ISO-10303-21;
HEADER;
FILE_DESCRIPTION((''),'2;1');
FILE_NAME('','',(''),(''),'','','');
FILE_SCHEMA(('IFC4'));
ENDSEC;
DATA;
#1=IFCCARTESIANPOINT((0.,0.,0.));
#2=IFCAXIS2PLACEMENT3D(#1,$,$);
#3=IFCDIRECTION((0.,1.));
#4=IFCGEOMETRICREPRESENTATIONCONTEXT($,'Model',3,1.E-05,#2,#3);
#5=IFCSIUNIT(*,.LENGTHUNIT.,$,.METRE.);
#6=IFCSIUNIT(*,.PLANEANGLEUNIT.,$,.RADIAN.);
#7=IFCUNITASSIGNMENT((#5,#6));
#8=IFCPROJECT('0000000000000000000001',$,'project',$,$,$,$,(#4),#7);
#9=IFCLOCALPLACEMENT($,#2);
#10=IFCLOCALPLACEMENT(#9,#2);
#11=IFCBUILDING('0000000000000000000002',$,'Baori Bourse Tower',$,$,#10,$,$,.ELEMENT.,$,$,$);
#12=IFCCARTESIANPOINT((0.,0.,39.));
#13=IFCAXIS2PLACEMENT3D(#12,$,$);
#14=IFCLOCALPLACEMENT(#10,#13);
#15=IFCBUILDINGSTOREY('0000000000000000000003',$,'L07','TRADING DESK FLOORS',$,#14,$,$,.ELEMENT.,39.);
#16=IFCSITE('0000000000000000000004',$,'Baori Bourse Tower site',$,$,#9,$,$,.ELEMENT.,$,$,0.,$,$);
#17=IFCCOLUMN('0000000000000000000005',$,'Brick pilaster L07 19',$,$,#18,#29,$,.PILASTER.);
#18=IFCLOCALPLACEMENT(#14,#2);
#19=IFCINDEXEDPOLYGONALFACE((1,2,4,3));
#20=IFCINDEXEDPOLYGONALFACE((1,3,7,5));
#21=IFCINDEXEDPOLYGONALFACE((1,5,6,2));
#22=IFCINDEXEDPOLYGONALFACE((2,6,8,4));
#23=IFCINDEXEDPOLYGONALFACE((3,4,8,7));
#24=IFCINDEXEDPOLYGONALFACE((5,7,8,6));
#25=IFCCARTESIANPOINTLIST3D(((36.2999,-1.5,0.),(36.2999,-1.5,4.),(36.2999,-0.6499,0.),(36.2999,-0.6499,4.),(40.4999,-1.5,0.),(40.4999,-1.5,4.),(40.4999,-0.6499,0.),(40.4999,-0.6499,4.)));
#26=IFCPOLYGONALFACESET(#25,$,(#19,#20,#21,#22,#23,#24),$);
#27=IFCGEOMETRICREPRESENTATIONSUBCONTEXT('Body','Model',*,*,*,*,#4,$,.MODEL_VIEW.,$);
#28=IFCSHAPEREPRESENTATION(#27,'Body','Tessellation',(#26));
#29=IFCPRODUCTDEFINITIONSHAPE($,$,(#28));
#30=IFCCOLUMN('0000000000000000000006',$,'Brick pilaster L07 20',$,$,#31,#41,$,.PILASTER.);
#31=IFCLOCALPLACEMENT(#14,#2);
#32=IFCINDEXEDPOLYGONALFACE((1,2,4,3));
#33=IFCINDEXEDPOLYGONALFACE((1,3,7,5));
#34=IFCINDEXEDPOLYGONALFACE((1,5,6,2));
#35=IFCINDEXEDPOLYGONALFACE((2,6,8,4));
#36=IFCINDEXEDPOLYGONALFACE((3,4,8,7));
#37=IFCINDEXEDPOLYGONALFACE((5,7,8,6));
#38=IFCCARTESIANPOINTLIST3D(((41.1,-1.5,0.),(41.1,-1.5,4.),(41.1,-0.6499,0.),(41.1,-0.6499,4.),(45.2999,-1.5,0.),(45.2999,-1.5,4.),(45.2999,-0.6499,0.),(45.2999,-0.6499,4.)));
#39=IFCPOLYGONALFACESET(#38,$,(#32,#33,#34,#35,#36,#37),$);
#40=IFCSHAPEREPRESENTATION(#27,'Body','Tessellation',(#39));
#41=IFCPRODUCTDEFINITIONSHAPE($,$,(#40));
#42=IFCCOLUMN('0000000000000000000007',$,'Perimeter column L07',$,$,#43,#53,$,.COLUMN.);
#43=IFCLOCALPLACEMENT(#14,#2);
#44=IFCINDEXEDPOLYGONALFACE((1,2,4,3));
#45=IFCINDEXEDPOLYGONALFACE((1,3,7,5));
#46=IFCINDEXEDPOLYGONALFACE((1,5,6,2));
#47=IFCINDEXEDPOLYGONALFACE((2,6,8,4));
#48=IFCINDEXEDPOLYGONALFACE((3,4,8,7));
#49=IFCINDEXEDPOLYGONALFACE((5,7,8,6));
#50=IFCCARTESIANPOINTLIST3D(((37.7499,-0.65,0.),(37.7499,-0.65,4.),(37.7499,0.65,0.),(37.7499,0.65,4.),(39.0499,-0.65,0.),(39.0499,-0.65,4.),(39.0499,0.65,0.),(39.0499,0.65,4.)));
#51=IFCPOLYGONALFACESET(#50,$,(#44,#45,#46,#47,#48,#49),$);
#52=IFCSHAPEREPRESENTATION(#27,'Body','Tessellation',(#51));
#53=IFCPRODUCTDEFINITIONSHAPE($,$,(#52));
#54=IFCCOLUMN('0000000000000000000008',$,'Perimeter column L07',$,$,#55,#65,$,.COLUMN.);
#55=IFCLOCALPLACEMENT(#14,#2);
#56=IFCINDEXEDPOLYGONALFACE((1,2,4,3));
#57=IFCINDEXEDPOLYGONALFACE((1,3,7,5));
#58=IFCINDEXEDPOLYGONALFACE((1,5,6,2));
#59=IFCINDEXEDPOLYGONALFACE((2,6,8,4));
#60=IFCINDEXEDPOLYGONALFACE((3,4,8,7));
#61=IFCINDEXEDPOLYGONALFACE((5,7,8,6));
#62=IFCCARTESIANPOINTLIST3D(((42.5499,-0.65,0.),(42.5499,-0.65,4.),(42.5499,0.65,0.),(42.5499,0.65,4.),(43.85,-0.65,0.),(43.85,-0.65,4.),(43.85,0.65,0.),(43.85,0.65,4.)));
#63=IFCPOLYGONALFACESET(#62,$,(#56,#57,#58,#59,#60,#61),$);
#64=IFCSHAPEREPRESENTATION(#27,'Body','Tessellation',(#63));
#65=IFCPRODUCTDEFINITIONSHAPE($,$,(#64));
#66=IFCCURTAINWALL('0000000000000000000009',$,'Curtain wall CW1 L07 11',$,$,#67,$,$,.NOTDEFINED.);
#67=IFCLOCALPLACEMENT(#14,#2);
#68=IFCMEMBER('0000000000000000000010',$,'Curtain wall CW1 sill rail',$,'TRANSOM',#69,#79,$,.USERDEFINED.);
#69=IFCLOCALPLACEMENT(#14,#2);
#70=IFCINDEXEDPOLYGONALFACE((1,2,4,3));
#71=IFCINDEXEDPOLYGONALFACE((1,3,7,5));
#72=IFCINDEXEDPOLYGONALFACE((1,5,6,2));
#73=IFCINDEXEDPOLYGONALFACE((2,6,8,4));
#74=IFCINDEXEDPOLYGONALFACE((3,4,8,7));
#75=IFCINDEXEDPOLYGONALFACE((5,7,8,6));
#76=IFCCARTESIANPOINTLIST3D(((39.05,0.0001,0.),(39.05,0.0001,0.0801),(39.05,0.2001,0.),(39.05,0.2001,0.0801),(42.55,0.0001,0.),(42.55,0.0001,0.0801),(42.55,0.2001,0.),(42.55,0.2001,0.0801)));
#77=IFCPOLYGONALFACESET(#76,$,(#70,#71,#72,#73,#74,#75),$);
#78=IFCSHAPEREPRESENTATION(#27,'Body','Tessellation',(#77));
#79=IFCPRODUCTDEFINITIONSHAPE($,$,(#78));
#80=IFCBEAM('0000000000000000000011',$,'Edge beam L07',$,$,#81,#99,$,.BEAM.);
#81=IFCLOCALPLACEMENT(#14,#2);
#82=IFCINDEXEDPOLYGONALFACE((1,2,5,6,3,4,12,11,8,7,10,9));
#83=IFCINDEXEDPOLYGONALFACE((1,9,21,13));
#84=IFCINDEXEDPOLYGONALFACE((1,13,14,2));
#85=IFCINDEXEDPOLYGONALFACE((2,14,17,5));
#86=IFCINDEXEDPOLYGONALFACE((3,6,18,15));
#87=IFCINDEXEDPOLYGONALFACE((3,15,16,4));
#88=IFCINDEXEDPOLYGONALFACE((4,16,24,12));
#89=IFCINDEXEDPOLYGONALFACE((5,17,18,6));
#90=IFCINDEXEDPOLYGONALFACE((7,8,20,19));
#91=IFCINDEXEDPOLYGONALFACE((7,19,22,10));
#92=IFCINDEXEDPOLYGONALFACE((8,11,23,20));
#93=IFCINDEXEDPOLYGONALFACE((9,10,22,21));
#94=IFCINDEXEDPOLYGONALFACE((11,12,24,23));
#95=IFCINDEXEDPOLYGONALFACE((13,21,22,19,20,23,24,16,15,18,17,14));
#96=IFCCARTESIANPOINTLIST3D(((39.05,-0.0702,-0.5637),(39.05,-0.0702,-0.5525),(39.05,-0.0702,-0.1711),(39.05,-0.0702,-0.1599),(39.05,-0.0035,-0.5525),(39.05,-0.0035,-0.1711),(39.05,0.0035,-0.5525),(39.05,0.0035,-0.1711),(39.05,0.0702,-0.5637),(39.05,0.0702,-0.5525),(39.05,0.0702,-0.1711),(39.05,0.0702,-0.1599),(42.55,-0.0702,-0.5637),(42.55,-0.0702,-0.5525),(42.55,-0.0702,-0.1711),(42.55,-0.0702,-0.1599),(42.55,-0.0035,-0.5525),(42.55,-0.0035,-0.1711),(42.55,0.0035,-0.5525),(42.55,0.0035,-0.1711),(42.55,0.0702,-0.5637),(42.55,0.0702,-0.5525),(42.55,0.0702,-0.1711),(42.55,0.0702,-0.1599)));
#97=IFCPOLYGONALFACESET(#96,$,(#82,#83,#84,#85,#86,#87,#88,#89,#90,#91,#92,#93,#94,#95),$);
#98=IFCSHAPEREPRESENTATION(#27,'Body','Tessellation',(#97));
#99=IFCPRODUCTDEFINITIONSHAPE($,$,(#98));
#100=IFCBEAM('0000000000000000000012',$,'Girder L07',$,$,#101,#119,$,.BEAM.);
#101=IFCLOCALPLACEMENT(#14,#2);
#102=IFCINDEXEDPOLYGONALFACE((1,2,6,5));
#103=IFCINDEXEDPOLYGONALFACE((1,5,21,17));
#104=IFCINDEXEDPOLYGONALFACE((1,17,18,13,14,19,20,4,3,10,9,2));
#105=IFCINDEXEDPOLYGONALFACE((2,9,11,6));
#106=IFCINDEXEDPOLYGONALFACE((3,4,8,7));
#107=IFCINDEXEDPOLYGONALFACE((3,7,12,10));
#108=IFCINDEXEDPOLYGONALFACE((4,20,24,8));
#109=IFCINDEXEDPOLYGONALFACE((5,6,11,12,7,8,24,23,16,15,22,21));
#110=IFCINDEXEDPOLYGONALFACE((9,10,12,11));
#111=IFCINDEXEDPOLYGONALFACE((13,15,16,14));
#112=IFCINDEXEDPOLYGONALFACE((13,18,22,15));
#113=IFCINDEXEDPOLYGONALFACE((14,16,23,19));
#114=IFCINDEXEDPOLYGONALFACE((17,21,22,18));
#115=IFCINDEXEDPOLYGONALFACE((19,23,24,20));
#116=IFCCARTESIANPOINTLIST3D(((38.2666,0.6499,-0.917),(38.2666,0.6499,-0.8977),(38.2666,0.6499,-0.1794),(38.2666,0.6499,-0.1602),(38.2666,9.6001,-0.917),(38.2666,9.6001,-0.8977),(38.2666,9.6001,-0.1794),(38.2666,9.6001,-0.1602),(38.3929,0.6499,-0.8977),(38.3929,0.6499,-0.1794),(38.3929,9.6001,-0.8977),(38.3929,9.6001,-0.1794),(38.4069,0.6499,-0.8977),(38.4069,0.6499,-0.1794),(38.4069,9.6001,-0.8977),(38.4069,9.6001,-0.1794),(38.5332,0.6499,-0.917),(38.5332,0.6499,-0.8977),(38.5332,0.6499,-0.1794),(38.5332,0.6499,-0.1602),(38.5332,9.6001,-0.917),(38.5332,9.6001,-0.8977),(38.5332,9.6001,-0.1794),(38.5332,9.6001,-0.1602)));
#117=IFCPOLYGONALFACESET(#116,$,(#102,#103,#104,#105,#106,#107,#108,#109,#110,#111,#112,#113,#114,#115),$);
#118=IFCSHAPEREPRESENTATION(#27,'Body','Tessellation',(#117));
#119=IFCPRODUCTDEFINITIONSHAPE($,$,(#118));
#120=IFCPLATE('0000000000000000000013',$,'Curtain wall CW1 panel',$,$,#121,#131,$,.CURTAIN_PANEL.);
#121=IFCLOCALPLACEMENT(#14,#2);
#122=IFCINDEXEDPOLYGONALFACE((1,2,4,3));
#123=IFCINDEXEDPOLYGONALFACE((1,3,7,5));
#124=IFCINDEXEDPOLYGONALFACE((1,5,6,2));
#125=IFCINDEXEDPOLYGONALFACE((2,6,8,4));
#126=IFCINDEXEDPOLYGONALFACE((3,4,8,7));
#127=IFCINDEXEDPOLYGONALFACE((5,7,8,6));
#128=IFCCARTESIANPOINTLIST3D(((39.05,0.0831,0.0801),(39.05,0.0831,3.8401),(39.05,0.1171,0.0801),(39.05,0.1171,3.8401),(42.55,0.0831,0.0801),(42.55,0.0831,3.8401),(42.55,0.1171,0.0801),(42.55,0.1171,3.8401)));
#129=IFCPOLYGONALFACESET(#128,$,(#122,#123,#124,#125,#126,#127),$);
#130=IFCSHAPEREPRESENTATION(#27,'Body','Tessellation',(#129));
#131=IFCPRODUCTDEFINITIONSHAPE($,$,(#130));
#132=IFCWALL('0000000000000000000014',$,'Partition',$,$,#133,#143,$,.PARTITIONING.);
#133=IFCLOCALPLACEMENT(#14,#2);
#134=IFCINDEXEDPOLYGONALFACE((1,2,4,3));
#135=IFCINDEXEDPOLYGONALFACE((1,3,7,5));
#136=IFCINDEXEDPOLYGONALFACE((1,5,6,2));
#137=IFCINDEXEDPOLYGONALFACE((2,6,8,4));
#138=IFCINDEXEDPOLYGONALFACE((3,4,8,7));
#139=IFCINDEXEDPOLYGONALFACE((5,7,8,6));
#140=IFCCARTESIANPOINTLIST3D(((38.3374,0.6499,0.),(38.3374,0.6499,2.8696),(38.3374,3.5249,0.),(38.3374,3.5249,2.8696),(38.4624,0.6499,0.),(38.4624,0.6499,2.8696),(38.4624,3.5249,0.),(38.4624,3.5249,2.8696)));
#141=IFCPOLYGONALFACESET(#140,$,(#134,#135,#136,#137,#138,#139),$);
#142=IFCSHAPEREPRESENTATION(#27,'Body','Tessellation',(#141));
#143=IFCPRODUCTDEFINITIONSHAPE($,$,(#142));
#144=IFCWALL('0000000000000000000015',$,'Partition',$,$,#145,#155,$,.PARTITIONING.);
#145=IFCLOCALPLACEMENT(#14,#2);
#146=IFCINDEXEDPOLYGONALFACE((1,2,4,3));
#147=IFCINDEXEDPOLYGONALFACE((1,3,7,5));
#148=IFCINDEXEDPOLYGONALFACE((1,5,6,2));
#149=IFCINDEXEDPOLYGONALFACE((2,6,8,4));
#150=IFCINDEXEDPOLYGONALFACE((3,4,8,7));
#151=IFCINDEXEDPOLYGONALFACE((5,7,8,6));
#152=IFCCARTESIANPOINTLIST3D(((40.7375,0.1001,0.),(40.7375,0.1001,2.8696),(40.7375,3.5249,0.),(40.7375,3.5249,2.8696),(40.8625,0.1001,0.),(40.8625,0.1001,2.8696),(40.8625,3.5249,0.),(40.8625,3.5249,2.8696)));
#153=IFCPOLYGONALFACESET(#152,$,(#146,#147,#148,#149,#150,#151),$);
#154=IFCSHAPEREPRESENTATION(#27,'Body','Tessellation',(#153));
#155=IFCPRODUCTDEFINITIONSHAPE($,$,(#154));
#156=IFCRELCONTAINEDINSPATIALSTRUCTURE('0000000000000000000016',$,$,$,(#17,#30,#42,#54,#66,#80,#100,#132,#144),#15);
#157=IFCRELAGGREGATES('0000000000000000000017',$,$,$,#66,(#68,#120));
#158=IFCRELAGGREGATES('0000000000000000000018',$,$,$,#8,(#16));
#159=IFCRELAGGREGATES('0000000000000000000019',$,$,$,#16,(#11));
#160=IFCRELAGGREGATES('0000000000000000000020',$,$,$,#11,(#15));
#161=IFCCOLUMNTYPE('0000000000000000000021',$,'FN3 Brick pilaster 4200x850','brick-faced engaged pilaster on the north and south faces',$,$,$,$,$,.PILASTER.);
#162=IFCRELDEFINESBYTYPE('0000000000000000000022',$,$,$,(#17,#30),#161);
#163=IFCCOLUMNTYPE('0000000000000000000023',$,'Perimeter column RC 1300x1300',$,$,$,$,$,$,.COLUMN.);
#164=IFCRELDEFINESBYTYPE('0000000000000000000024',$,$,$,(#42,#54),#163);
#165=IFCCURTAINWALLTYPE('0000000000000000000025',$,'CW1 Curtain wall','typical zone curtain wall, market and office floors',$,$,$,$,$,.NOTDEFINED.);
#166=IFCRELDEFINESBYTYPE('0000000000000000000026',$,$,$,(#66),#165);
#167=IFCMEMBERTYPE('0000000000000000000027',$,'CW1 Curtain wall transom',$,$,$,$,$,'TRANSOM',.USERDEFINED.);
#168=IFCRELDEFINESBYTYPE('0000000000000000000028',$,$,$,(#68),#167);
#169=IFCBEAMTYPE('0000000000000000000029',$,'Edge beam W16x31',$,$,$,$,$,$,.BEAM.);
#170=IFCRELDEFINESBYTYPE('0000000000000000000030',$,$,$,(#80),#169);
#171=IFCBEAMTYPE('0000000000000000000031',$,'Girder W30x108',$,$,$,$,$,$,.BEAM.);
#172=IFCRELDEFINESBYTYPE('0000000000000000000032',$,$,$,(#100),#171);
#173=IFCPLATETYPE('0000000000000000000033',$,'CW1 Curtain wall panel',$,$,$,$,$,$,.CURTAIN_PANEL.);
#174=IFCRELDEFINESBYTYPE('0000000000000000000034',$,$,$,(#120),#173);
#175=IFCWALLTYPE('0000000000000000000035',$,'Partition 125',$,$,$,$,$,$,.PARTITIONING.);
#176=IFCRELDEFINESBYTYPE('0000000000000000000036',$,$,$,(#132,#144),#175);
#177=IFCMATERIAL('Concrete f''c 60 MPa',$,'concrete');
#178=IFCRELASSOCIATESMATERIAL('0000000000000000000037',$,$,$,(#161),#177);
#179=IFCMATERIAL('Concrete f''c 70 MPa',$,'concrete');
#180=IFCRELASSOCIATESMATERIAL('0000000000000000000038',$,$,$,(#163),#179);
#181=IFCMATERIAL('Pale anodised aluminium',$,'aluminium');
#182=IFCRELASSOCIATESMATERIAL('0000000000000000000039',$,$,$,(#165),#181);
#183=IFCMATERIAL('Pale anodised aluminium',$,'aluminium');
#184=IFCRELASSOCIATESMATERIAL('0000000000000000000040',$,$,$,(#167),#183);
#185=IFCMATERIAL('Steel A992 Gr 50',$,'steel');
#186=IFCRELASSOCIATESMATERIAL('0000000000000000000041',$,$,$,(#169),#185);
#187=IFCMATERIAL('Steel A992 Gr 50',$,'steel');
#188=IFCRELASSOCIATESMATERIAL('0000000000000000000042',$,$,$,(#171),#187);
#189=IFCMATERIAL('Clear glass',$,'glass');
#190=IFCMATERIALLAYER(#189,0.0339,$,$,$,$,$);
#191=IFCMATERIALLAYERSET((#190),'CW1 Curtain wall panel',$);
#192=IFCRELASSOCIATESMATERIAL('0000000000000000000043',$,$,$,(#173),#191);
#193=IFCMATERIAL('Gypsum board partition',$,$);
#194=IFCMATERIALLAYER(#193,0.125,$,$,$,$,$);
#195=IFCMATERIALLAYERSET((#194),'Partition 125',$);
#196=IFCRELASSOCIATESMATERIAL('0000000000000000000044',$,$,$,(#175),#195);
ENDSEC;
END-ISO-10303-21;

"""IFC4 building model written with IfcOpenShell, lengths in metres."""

from ifc_helpers import new_model, si_unit, direction, frame, frame_2d, origin, origin_2d, place, context, subcontext, project, spatial, rectangle, i_section, extrude, material, layer, layer_set, material_profile, profile_set, type_object, element, aggregate, save


model = new_model("IFC4")

# Units and contexts
model_context = context("Model", 3, precision=1e-05, world=origin(), true_north=direction((0.0, 1.0)))
body_context = subcontext(model_context, "Body", "Model", "MODEL_VIEW")
ifc_project = project(units=[si_unit("LENGTHUNIT", "METRE"), si_unit("PLANEANGLEUNIT", "RADIAN")], contexts=[model_context])

# Site, building, storey
site_placement = place(None, origin())
site = spatial("IfcSite", under=ifc_project, at=site_placement, Name="Baori Bourse Tower site", CompositionType="ELEMENT", RefElevation=0.0)
building_placement = place(site_placement, origin())
building = spatial("IfcBuilding", under=site, at=building_placement, Name="Baori Bourse Tower", CompositionType="ELEMENT")
storey_placement = place(building_placement, frame((0.0, 0.0, 39.0)))
storey = spatial("IfcBuildingStorey", under=building, at=storey_placement, Name="L07", Description="TRADING DESK FLOORS", CompositionType="ELEMENT", Elevation=39.0)

# Columns
ifc_material_1 = material(Name="Concrete f'c 60 MPa", Category="concrete")
ifc_material_profile_1 = material_profile(ifc_material_1, rectangle(XDim=4.2, YDim=0.8501, at=origin_2d()), Name="RC 4200x850")
ifc_profile_set_1 = profile_set([ifc_material_profile_1], Name="Concrete f'c 60 MPa")
column_type_1 = type_object("IfcColumnType", Name="FN3 Brick pilaster 4200x850", Description="brick-faced engaged pilaster on the north and south faces", PredefinedType="PILASTER", material=ifc_profile_set_1)
for number, where, z_axis, x_axis, name in (
    (1, (38.3999, -1.075, 0.0), (0.0, 0.0, 1.0), (1.0, 0.0, 0.0), "Brick pilaster L07 19"),
    (2, (43.2, -1.075, 0.0), (0.0, 0.0, 1.0), (1.0, 0.0, 0.0), "Brick pilaster L07 20"),
):
    element("IfcColumn", number, at=place(storey_placement, frame(where, z_axis=z_axis, x_axis=x_axis)), inside=storey, type_object=column_type_1, Name=name, PredefinedType="PILASTER", context=body_context, shape_type="SweptSolid", body=[
        extrude(rectangle(XDim=4.2, YDim=0.8501, at=origin_2d()), origin(), (0.0, 0.0, 1.0), 4.0),
    ])
ifc_material_2 = material(Name="Concrete f'c 70 MPa", Category="concrete")
ifc_material_profile_2 = material_profile(ifc_material_2, rectangle(XDim=1.3, YDim=1.3, at=origin_2d()), Name="RC 1300x1300")
ifc_profile_set_2 = profile_set([ifc_material_profile_2], Name="Concrete f'c 70 MPa")
column_type_2 = type_object("IfcColumnType", Name="Perimeter column RC 1300x1300", PredefinedType="COLUMN", material=ifc_profile_set_2)
for number, where, z_axis, x_axis, name in (
    (3, (38.3999, 0.0, 0.0), (0.0, 0.0, 1.0), (1.0, 0.0, 0.0), "Perimeter column L07"),
    (4, (43.2, 0.0, 0.0), (0.0, 0.0, 1.0), (1.0, 0.0, 0.0), "Perimeter column L07"),
):
    element("IfcColumn", number, at=place(storey_placement, frame(where, z_axis=z_axis, x_axis=x_axis)), inside=storey, type_object=column_type_2, Name=name, PredefinedType="COLUMN", context=body_context, shape_type="SweptSolid", body=[
        extrude(rectangle(XDim=1.3, YDim=1.3, at=origin_2d()), origin(), (0.0, 0.0, 1.0), 4.0),
    ])

# Curtain wall, member
ifc_material_3 = material(Name="Pale anodised aluminium", Category="aluminium")
curtain_wall_type = type_object("IfcCurtainWallType", Name="CW1 Curtain wall", Description="typical zone curtain wall, market and office floors", PredefinedType="NOTDEFINED", material=ifc_material_3)
curtain_wall_placement = place(storey_placement, origin())
curtain_wall = element("IfcCurtainWall", 5, at=curtain_wall_placement, inside=storey, type_object=curtain_wall_type, Name="Curtain wall CW1 L07 11", PredefinedType="NOTDEFINED")
ifc_material_4 = material(Name="Pale anodised aluminium", Category="aluminium")
ifc_material_profile_3 = material_profile(ifc_material_4, rectangle(XDim=0.2, YDim=0.0801, at=origin_2d()), Name="Transom 80x200")
ifc_profile_set_3 = profile_set([ifc_material_profile_3], Name="Pale anodised aluminium")
member_type = type_object("IfcMemberType", Name="CW1 Curtain wall transom", ElementType="TRANSOM", PredefinedType="USERDEFINED", material=ifc_profile_set_3)
member_placement = place(storey_placement, frame((39.05, 0.1001, 0.04), z_axis=(1.0, 0.0, 0.0), x_axis=(0.0, 1.0, 0.0)))
member = element("IfcMember", 6, at=member_placement, type_object=member_type, Name="Curtain wall CW1 sill rail", ObjectType="TRANSOM", PredefinedType="USERDEFINED", context=body_context, shape_type="SweptSolid", body=[
    extrude(rectangle(XDim=0.2, YDim=0.0801, at=origin_2d()), origin(), (0.0, 0.0, 1.0), 3.5),
])

# Beams
ifc_material_5 = material(Name="Steel A992 Gr 50", Category="steel")
ifc_material_profile_4 = material_profile(ifc_material_5, i_section(OverallWidth=0.1404, OverallDepth=0.4038, WebThickness=0.0071, FlangeThickness=0.0112, at=origin_2d()), Name="W16x31")
ifc_profile_set_4 = profile_set([ifc_material_profile_4], Name="Steel A992 Gr 50")
beam_type_1 = type_object("IfcBeamType", Name="Edge beam W16x31", PredefinedType="BEAM", material=ifc_profile_set_4)
beam_1_placement = place(storey_placement, frame((39.05, 0.0, -0.3618), z_axis=(1.0, 0.0, 0.0), x_axis=(0.0, 1.0, 0.0)))
element("IfcBeam", 7, at=beam_1_placement, inside=storey, type_object=beam_type_1, Name="Edge beam L07", PredefinedType="BEAM", context=body_context, shape_type="SweptSolid", body=[
    extrude(i_section(OverallWidth=0.1404, OverallDepth=0.4038, WebThickness=0.0071, FlangeThickness=0.0112, at=origin_2d()), origin(), (0.0, 0.0, 1.0), 3.5),
])
ifc_material_6 = material(Name="Steel A992 Gr 50", Category="steel")
ifc_material_profile_5 = material_profile(ifc_material_6, i_section(OverallWidth=0.2666, OverallDepth=0.7568, WebThickness=0.0139, FlangeThickness=0.0193, at=origin_2d()), Name="W30x108")
ifc_profile_set_5 = profile_set([ifc_material_profile_5], Name="Steel A992 Gr 50")
beam_type_2 = type_object("IfcBeamType", Name="Girder W30x108", PredefinedType="BEAM", material=ifc_profile_set_5)
beam_2_placement = place(storey_placement, frame((38.3999, 0.6499, -0.5386), z_axis=(0.0, 1.0, 0.0), x_axis=(-1.0, 0.0, 0.0)))
element("IfcBeam", 8, at=beam_2_placement, inside=storey, type_object=beam_type_2, Name="Girder L07", PredefinedType="BEAM", context=body_context, shape_type="SweptSolid", body=[
    extrude(i_section(OverallWidth=0.2666, OverallDepth=0.7568, WebThickness=0.0139, FlangeThickness=0.0193, at=origin_2d()), origin(), (0.0, 0.0, 1.0), 8.9502),
])

# Plate
ifc_material_7 = material(Name="Clear glass", Category="glass")
ifc_layer_1 = layer(ifc_material_7, 0.0339)
ifc_layer_set_1 = layer_set([ifc_layer_1], Name="CW1 Curtain wall panel")
plate_type = type_object("IfcPlateType", Name="CW1 Curtain wall panel", PredefinedType="CURTAIN_PANEL", material=ifc_layer_set_1)
plate_placement = place(storey_placement, frame((40.8, 0.1001, 0.0801), z_axis=(0.0, 0.0, 1.0), x_axis=(1.0, 0.0, 0.0)))
plate = element("IfcPlate", 9, at=plate_placement, type_object=plate_type, Name="Curtain wall CW1 panel", PredefinedType="CURTAIN_PANEL", context=body_context, shape_type="SweptSolid", body=[
    extrude(rectangle(XDim=3.5, YDim=0.0339, at=origin_2d()), origin(), (0.0, 0.0, 1.0), 3.76),
])
aggregate(curtain_wall, [member, plate])

# Walls
ifc_material_8 = material(Name="Gypsum board partition")
ifc_layer_2 = layer(ifc_material_8, 0.125)
ifc_layer_set_2 = layer_set([ifc_layer_2], Name="Partition 125")
wall_type = type_object("IfcWallType", Name="Partition 125", PredefinedType="PARTITIONING", material=ifc_layer_set_2)
wall_1_placement = place(storey_placement, frame((38.3999, 0.6499, 0.0), z_axis=(0.0, 0.0, 1.0), x_axis=(0.0, 1.0, 0.0)))
element("IfcWall", 10, at=wall_1_placement, inside=storey, type_object=wall_type, Name="Partition", PredefinedType="PARTITIONING", context=body_context, shape_type="SweptSolid", body=[
    extrude(rectangle(XDim=2.875, YDim=0.125, at=frame_2d((1.4375, 0.0))), origin(), (0.0, 0.0, 1.0), 2.8696),
])
wall_2_placement = place(storey_placement, frame((40.8, 0.1001, 0.0), z_axis=(0.0, 0.0, 1.0), x_axis=(0.0, 1.0, 0.0)))
element("IfcWall", 11, at=wall_2_placement, inside=storey, type_object=wall_type, Name="Partition", PredefinedType="PARTITIONING", context=body_context, shape_type="SweptSolid", body=[
    extrude(rectangle(XDim=3.4248, YDim=0.125, at=frame_2d((1.7124, 0.0))), origin(), (0.0, 0.0, 1.0), 2.8696),
])

save(model, "model.ifc")
